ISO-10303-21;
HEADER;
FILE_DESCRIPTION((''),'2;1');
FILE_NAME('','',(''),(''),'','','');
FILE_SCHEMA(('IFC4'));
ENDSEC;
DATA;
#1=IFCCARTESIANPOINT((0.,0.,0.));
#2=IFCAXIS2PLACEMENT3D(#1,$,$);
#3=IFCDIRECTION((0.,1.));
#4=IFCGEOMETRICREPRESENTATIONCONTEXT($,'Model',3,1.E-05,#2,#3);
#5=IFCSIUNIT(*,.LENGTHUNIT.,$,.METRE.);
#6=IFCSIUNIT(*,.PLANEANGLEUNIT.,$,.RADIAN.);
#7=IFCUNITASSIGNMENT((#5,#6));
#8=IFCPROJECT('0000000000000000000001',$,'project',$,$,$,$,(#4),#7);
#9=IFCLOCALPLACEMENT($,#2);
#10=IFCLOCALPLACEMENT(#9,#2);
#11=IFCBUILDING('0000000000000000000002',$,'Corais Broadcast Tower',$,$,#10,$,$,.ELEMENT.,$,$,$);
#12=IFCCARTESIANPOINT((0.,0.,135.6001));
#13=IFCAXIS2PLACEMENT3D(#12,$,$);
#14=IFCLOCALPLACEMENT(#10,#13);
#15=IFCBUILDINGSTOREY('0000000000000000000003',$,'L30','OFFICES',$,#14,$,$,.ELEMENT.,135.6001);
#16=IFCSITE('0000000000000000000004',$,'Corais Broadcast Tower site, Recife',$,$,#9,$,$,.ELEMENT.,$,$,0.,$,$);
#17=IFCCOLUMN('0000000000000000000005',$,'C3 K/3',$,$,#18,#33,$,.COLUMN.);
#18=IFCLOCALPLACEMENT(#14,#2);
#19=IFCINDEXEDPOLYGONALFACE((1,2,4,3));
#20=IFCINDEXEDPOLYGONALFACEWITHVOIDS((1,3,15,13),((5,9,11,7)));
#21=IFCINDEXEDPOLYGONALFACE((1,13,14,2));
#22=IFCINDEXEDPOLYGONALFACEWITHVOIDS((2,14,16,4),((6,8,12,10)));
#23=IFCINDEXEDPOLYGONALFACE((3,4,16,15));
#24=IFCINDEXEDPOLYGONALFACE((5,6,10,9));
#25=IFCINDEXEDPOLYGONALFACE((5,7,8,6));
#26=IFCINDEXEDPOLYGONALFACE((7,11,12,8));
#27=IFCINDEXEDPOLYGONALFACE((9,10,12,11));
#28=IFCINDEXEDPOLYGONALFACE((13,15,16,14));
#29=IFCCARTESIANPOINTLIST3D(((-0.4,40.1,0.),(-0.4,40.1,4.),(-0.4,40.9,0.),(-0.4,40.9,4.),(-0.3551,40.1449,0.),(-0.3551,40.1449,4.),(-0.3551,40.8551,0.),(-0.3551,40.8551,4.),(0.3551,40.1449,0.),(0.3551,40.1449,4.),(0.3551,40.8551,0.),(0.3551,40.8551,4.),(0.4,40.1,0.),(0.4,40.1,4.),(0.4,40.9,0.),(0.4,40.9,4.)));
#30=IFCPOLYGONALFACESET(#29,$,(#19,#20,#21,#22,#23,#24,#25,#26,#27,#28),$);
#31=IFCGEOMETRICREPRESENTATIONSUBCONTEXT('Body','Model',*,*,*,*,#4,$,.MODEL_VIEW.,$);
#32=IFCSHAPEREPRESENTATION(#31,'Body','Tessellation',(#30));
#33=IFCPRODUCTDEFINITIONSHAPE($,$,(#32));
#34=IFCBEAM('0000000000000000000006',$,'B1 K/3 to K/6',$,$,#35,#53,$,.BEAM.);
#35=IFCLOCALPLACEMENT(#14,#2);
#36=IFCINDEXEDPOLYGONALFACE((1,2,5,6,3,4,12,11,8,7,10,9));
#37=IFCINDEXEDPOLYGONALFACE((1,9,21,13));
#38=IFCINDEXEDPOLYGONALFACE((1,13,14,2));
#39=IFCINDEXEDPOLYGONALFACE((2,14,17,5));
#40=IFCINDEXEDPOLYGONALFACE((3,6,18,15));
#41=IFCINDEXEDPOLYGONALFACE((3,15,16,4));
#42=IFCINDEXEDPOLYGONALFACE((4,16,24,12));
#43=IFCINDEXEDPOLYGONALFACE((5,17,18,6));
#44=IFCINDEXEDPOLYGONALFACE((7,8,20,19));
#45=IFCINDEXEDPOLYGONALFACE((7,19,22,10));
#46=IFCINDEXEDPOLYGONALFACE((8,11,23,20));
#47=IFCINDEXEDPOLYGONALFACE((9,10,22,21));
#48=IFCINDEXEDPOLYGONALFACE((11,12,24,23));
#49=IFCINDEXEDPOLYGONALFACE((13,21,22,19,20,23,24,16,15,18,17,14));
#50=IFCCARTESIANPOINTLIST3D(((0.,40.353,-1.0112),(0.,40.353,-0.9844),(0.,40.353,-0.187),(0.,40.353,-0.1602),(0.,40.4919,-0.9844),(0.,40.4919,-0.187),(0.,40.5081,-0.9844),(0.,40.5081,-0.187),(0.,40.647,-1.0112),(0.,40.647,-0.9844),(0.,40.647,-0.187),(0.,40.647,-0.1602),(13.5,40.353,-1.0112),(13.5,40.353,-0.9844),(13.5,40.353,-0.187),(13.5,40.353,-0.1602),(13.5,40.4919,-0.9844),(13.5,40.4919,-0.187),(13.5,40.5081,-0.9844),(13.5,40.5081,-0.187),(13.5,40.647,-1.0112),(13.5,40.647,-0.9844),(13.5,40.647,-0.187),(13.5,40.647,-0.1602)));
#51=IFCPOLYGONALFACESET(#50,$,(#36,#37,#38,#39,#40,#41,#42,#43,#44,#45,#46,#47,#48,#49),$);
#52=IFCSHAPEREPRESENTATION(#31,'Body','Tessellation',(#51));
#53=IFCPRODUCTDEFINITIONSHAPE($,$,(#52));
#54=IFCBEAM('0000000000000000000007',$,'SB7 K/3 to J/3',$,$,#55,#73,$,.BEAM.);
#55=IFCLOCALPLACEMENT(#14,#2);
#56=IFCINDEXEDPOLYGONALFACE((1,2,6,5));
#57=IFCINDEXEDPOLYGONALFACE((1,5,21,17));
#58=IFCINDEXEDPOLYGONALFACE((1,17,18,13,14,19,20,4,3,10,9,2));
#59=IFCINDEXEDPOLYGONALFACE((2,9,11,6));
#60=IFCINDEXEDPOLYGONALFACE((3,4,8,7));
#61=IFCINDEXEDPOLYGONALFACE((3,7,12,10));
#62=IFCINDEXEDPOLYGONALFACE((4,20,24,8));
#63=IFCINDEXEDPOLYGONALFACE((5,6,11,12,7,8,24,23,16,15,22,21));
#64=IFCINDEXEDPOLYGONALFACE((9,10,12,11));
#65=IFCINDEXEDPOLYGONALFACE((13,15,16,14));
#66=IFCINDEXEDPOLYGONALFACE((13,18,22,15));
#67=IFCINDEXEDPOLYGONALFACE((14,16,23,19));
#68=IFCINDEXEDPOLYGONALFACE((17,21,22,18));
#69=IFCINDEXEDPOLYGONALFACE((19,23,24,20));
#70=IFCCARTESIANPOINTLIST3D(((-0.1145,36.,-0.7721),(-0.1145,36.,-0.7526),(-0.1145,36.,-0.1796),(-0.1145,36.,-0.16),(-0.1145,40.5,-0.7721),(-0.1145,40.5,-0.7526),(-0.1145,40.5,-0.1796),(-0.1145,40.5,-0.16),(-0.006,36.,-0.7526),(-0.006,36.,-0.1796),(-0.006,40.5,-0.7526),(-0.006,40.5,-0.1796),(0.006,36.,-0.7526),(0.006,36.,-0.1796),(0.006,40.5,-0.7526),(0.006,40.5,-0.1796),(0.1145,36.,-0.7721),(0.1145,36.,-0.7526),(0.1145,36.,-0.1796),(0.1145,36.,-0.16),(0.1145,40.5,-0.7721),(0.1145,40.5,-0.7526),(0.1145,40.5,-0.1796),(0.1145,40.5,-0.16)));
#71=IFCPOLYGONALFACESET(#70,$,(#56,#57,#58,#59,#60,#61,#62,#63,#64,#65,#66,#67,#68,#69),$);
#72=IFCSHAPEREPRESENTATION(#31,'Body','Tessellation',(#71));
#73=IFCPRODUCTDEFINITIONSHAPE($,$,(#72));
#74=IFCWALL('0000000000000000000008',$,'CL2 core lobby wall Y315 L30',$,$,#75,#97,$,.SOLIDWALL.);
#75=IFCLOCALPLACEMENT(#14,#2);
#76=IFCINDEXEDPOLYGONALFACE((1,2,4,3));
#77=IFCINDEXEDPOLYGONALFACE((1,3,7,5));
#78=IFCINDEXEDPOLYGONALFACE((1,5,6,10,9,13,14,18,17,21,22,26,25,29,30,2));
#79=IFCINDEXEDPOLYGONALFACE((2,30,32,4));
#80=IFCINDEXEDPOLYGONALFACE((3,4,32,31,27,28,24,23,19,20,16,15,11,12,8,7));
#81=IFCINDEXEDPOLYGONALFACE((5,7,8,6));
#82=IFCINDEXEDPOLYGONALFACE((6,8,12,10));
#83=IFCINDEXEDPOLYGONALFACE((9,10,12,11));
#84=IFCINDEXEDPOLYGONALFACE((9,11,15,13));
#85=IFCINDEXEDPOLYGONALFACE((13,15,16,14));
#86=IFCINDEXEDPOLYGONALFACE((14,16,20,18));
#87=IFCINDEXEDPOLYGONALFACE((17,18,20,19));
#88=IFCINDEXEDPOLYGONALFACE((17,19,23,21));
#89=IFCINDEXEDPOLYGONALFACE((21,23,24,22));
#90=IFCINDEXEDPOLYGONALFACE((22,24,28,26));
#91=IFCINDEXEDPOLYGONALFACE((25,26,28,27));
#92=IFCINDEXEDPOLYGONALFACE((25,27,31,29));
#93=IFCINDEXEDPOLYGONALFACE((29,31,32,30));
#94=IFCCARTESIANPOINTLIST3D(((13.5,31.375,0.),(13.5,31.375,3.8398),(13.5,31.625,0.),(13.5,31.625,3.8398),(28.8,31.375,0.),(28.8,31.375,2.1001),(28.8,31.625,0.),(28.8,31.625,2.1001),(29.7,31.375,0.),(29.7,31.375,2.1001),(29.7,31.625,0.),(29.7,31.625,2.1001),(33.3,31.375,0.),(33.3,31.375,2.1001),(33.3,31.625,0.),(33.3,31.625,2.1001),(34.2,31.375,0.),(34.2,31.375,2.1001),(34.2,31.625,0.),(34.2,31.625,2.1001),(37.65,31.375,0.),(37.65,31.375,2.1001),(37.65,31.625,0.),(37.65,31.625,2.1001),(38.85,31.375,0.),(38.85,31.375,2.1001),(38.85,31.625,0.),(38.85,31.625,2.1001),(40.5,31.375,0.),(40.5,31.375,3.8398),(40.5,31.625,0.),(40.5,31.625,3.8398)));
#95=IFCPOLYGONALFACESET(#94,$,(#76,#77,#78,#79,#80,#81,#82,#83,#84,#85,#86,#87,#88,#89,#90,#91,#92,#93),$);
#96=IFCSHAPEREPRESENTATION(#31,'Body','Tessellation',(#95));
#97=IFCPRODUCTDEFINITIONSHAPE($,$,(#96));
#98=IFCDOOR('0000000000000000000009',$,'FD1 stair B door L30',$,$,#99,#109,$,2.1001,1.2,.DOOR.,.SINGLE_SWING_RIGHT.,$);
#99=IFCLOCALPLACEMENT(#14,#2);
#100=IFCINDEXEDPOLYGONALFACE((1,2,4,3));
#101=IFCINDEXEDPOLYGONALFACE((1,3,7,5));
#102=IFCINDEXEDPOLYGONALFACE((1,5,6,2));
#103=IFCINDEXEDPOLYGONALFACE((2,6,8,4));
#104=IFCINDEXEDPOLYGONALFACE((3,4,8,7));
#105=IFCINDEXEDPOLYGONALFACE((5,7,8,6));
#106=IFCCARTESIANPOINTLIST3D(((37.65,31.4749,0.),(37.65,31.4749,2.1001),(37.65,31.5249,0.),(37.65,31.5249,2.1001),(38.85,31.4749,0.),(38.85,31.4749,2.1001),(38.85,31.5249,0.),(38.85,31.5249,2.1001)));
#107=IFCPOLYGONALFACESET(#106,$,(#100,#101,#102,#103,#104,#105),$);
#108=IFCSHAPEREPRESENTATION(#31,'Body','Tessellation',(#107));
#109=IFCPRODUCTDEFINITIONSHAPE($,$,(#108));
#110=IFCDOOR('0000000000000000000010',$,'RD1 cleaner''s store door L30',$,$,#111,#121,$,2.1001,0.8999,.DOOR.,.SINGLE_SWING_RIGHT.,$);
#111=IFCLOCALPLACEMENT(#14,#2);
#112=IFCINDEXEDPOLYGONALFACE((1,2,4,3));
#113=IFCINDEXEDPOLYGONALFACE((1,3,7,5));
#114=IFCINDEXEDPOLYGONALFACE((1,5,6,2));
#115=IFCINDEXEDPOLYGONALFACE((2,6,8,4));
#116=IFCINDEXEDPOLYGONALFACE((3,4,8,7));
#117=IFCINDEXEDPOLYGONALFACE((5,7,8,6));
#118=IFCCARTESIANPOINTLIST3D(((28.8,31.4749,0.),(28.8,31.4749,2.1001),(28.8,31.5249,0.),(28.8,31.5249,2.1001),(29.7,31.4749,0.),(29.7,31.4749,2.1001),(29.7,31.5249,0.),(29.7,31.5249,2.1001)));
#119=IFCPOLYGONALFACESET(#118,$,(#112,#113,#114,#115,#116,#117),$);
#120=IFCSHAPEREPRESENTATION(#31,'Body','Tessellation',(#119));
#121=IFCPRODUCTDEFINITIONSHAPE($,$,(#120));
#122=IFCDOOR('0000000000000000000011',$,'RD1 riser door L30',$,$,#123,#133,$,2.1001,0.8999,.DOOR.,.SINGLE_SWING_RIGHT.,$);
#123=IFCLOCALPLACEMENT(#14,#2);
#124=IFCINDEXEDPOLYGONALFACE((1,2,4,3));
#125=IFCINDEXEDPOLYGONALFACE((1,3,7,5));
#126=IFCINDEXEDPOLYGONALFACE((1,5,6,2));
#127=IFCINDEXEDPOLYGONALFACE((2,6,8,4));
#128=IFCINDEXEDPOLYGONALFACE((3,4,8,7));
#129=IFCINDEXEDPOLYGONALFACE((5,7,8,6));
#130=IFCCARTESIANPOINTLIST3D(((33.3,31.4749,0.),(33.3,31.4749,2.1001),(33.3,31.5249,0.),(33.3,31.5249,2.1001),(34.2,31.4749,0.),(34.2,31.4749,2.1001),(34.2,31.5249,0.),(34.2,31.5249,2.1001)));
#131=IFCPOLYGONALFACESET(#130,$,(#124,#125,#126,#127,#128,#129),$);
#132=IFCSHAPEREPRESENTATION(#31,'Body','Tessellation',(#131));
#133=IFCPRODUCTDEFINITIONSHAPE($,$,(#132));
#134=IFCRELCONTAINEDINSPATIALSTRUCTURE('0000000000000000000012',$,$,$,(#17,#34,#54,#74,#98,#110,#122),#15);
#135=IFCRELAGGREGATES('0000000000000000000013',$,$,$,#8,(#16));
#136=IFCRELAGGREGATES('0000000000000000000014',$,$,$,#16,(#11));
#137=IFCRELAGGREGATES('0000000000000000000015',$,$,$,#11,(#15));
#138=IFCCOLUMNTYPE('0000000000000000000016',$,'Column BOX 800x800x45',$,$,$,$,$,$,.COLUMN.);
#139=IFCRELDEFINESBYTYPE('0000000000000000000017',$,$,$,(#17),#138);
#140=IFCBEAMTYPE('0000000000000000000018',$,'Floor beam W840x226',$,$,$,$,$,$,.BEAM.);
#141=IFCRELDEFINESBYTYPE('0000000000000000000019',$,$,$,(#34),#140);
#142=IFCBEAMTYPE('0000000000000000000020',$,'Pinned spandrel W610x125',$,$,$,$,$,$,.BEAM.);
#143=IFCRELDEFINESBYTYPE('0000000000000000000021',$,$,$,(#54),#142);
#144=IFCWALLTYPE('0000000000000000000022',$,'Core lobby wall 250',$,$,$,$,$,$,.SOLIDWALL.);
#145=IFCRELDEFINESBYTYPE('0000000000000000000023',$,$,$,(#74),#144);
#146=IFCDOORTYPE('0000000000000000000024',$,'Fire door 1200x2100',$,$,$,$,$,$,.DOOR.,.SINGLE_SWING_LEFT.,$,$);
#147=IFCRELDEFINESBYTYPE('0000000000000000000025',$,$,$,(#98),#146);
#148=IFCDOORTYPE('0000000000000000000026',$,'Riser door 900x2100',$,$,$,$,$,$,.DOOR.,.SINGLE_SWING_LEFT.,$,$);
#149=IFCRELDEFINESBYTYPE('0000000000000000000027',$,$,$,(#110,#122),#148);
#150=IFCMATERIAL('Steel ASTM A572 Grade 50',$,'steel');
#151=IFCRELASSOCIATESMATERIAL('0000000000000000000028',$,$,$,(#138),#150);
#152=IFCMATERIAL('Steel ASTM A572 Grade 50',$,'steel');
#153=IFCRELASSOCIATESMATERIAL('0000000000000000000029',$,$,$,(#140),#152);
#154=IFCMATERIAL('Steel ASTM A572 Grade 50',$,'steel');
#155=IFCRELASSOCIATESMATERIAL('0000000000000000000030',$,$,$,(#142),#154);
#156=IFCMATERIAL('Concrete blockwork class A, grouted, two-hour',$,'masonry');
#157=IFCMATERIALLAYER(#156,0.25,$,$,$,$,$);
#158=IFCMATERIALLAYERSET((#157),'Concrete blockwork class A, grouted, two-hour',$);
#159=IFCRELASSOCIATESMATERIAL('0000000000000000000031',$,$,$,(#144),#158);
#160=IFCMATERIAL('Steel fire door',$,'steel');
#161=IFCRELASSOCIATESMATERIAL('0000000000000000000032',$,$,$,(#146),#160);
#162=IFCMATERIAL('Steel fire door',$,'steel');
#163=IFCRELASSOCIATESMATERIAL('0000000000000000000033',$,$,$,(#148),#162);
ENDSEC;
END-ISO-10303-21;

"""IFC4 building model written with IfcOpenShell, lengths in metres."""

from ifc_helpers import new_model, si_unit, direction, frame, frame_2d, origin, origin_2d, place, context, subcontext, project, spatial, rectangle, hollow_rectangle, i_section, extrude, material, layer, layer_set, material_profile, profile_set, type_object, element, fill, save


model = new_model("IFC4")

# Units and contexts
model_context = context("Model", 3, precision=1e-05, world=origin(), true_north=direction((0.0, 1.0)))
body_context = subcontext(model_context, "Body", "Model", "MODEL_VIEW")
ifc_project = project(units=[si_unit("LENGTHUNIT", "METRE"), si_unit("PLANEANGLEUNIT", "RADIAN")], contexts=[model_context])

# Site, building, storey
site_placement = place(None, origin())
site = spatial("IfcSite", under=ifc_project, at=site_placement, Name="Corais Broadcast Tower site, Recife", CompositionType="ELEMENT", RefElevation=0.0)
building_placement = place(site_placement, origin())
building = spatial("IfcBuilding", under=site, at=building_placement, Name="Corais Broadcast Tower", CompositionType="ELEMENT")
storey_placement = place(building_placement, frame((0.0, 0.0, 135.6001)))
storey = spatial("IfcBuildingStorey", under=building, at=storey_placement, Name="L30", Description="OFFICES", CompositionType="ELEMENT", Elevation=135.6001)

# Column
ifc_material_1 = material(Name="Steel ASTM A572 Grade 50", Category="steel")
ifc_material_profile_1 = material_profile(ifc_material_1, hollow_rectangle(XDim=0.8, YDim=0.8, WallThickness=0.0449, at=origin_2d()), Name="BOX 800x800x45")
ifc_profile_set_1 = profile_set([ifc_material_profile_1], Name="Steel ASTM A572 Grade 50")
column_type = type_object("IfcColumnType", Name="Column BOX 800x800x45", PredefinedType="COLUMN", material=ifc_profile_set_1)
column_placement = place(storey_placement, frame((0.0, 40.5, 0.0), z_axis=(0.0, 0.0, 1.0), x_axis=(1.0, 0.0, 0.0)))
element("IfcColumn", 1, at=column_placement, inside=storey, type_object=column_type, Name="C3 K/3", PredefinedType="COLUMN", context=body_context, shape_type="SweptSolid", body=[
    extrude(hollow_rectangle(XDim=0.8, YDim=0.8, WallThickness=0.0449, at=origin_2d()), origin(), (0.0, 0.0, 1.0), 4.0),
])

# Beams
ifc_material_2 = material(Name="Steel ASTM A572 Grade 50", Category="steel")
ifc_material_profile_2 = material_profile(ifc_material_2, i_section(OverallWidth=0.2939, OverallDepth=0.8511, WebThickness=0.0161, FlangeThickness=0.0269, at=origin_2d()), Name="W840x226")
ifc_profile_set_2 = profile_set([ifc_material_profile_2], Name="Steel ASTM A572 Grade 50")
beam_type_1 = type_object("IfcBeamType", Name="Floor beam W840x226", PredefinedType="BEAM", material=ifc_profile_set_2)
beam_1_placement = place(storey_placement, frame((0.0, 40.5, -0.5857), z_axis=(1.0, 0.0, 0.0), x_axis=(0.0, 1.0, 0.0)))
element("IfcBeam", 2, at=beam_1_placement, inside=storey, type_object=beam_type_1, Name="B1 K/3 to K/6", PredefinedType="BEAM", context=body_context, shape_type="SweptSolid", body=[
    extrude(i_section(OverallWidth=0.2939, OverallDepth=0.8511, WebThickness=0.0161, FlangeThickness=0.0269, at=origin_2d()), origin(), (0.0, 0.0, 1.0), 13.5),
])
ifc_material_3 = material(Name="Steel ASTM A572 Grade 50", Category="steel")
ifc_material_profile_3 = material_profile(ifc_material_3, i_section(OverallWidth=0.229, OverallDepth=0.6121, WebThickness=0.012, FlangeThickness=0.0195, at=origin_2d()), Name="W610x125")
ifc_profile_set_3 = profile_set([ifc_material_profile_3], Name="Steel ASTM A572 Grade 50")
beam_type_2 = type_object("IfcBeamType", Name="Pinned spandrel W610x125", PredefinedType="BEAM", material=ifc_profile_set_3)
beam_2_placement = place(storey_placement, frame((0.0, 40.5, -0.4661), z_axis=(0.0, -1.0, 0.0), x_axis=(1.0, 0.0, 0.0)))
element("IfcBeam", 3, at=beam_2_placement, inside=storey, type_object=beam_type_2, Name="SB7 K/3 to J/3", PredefinedType="BEAM", context=body_context, shape_type="SweptSolid", body=[
    extrude(i_section(OverallWidth=0.229, OverallDepth=0.6121, WebThickness=0.012, FlangeThickness=0.0195, at=origin_2d()), origin(), (0.0, 0.0, 1.0), 4.5),
])

# Wall, openings, doors
ifc_material_4 = material(Name="Concrete blockwork class A, grouted, two-hour", Category="masonry")
ifc_layer_1 = layer(ifc_material_4, 0.25)
ifc_layer_set_1 = layer_set([ifc_layer_1], Name="Concrete blockwork class A, grouted, two-hour")
wall_type_1 = type_object("IfcWallType", Name="Core lobby wall 250", PredefinedType="SOLIDWALL", material=ifc_layer_set_1)
wall_1_placement = place(storey_placement, frame((13.5, 31.5, 0.0), z_axis=(0.0, 0.0, 1.0), x_axis=(1.0, 0.0, 0.0)))
wall_1 = element("IfcWall", 4, at=wall_1_placement, inside=storey, type_object=wall_type_1, Name="CL2 core lobby wall Y315 L30", PredefinedType="SOLIDWALL", context=body_context, shape_type="SweptSolid", body=[
    extrude(rectangle(XDim=27.0, YDim=0.25, at=frame_2d((13.5, 0.0))), origin(), (0.0, 0.0, 1.0), 3.8398),
])
opening_1_placement = place(wall_1_placement, frame((24.1499, 0.0, 0.0)))
opening_1 = element("IfcOpeningElement", 5, at=opening_1_placement, cuts=wall_1, PredefinedType="OPENING", context=body_context, shape_type="SweptSolid", body=[
    extrude(rectangle(XDim=1.2, YDim=2.1001, at=frame_2d((0.6001, 1.05))), frame((0.0, 0.135, 0.0), z_axis=(0.0, -1.0, 0.0), x_axis=(1.0, 0.0, 0.0)), (0.0, 0.0, 1.0), 0.27),
])
opening_2_placement = place(wall_1_placement, frame((15.3, 0.0, 0.0)))
opening_2 = element("IfcOpeningElement", 6, at=opening_2_placement, cuts=wall_1, PredefinedType="OPENING", context=body_context, shape_type="SweptSolid", body=[
    extrude(rectangle(XDim=0.8999, YDim=2.1001, at=frame_2d((0.45, 1.05))), frame((0.0, 0.135, 0.0), z_axis=(0.0, -1.0, 0.0), x_axis=(1.0, 0.0, 0.0)), (0.0, 0.0, 1.0), 0.27),
])
opening_3_placement = place(wall_1_placement, frame((19.8, 0.0, 0.0)))
opening_3 = element("IfcOpeningElement", 7, at=opening_3_placement, cuts=wall_1, PredefinedType="OPENING", context=body_context, shape_type="SweptSolid", body=[
    extrude(rectangle(XDim=0.8999, YDim=2.1001, at=frame_2d((0.45, 1.05))), frame((0.0, 0.135, 0.0), z_axis=(0.0, -1.0, 0.0), x_axis=(1.0, 0.0, 0.0)), (0.0, 0.0, 1.0), 0.27),
])
ifc_material_5 = material(Name="Steel fire door", Category="steel")
door_type_1 = type_object("IfcDoorType", Name="Fire door 1200x2100", OperationType="SINGLE_SWING_LEFT", PredefinedType="DOOR", material=ifc_material_5)
door_1_placement = place(opening_1_placement, origin())
door_1 = element("IfcDoor", 8, at=door_1_placement, inside=storey, type_object=door_type_1, Name="FD1 stair B door L30", OperationType="SINGLE_SWING_RIGHT", OverallHeight=2.1001, OverallWidth=1.2, PredefinedType="DOOR", context=body_context, shape_type="SweptSolid", body=[
    extrude(rectangle(XDim=1.2, YDim=2.1001, at=frame_2d((0.6001, 1.05))), frame((0.0, 0.0249, 0.0), z_axis=(0.0, -1.0, 0.0), x_axis=(1.0, 0.0, 0.0)), (0.0, 0.0, 1.0), 0.05),
])
fill(opening_1, door_1)
ifc_material_6 = material(Name="Steel fire door", Category="steel")
door_type_2 = type_object("IfcDoorType", Name="Riser door 900x2100", OperationType="SINGLE_SWING_LEFT", PredefinedType="DOOR", material=ifc_material_6)
door_2_placement = place(opening_2_placement, origin())
door_2 = element("IfcDoor", 9, at=door_2_placement, inside=storey, type_object=door_type_2, Name="RD1 cleaner's store door L30", OperationType="SINGLE_SWING_RIGHT", OverallHeight=2.1001, OverallWidth=0.8999, PredefinedType="DOOR", context=body_context, shape_type="SweptSolid", body=[
    extrude(rectangle(XDim=0.8999, YDim=2.1001, at=frame_2d((0.45, 1.05))), frame((0.0, 0.0249, 0.0), z_axis=(0.0, -1.0, 0.0), x_axis=(1.0, 0.0, 0.0)), (0.0, 0.0, 1.0), 0.05),
])
fill(opening_2, door_2)
door_3_placement = place(opening_3_placement, origin())
door_3 = element("IfcDoor", 10, at=door_3_placement, inside=storey, type_object=door_type_2, Name="RD1 riser door L30", OperationType="SINGLE_SWING_RIGHT", OverallHeight=2.1001, OverallWidth=0.8999, PredefinedType="DOOR", context=body_context, shape_type="SweptSolid", body=[
    extrude(rectangle(XDim=0.8999, YDim=2.1001, at=frame_2d((0.45, 1.05))), frame((0.0, 0.0249, 0.0), z_axis=(0.0, -1.0, 0.0), x_axis=(1.0, 0.0, 0.0)), (0.0, 0.0, 1.0), 0.05),
])
fill(opening_3, door_3)

save(model, "model.ifc")
